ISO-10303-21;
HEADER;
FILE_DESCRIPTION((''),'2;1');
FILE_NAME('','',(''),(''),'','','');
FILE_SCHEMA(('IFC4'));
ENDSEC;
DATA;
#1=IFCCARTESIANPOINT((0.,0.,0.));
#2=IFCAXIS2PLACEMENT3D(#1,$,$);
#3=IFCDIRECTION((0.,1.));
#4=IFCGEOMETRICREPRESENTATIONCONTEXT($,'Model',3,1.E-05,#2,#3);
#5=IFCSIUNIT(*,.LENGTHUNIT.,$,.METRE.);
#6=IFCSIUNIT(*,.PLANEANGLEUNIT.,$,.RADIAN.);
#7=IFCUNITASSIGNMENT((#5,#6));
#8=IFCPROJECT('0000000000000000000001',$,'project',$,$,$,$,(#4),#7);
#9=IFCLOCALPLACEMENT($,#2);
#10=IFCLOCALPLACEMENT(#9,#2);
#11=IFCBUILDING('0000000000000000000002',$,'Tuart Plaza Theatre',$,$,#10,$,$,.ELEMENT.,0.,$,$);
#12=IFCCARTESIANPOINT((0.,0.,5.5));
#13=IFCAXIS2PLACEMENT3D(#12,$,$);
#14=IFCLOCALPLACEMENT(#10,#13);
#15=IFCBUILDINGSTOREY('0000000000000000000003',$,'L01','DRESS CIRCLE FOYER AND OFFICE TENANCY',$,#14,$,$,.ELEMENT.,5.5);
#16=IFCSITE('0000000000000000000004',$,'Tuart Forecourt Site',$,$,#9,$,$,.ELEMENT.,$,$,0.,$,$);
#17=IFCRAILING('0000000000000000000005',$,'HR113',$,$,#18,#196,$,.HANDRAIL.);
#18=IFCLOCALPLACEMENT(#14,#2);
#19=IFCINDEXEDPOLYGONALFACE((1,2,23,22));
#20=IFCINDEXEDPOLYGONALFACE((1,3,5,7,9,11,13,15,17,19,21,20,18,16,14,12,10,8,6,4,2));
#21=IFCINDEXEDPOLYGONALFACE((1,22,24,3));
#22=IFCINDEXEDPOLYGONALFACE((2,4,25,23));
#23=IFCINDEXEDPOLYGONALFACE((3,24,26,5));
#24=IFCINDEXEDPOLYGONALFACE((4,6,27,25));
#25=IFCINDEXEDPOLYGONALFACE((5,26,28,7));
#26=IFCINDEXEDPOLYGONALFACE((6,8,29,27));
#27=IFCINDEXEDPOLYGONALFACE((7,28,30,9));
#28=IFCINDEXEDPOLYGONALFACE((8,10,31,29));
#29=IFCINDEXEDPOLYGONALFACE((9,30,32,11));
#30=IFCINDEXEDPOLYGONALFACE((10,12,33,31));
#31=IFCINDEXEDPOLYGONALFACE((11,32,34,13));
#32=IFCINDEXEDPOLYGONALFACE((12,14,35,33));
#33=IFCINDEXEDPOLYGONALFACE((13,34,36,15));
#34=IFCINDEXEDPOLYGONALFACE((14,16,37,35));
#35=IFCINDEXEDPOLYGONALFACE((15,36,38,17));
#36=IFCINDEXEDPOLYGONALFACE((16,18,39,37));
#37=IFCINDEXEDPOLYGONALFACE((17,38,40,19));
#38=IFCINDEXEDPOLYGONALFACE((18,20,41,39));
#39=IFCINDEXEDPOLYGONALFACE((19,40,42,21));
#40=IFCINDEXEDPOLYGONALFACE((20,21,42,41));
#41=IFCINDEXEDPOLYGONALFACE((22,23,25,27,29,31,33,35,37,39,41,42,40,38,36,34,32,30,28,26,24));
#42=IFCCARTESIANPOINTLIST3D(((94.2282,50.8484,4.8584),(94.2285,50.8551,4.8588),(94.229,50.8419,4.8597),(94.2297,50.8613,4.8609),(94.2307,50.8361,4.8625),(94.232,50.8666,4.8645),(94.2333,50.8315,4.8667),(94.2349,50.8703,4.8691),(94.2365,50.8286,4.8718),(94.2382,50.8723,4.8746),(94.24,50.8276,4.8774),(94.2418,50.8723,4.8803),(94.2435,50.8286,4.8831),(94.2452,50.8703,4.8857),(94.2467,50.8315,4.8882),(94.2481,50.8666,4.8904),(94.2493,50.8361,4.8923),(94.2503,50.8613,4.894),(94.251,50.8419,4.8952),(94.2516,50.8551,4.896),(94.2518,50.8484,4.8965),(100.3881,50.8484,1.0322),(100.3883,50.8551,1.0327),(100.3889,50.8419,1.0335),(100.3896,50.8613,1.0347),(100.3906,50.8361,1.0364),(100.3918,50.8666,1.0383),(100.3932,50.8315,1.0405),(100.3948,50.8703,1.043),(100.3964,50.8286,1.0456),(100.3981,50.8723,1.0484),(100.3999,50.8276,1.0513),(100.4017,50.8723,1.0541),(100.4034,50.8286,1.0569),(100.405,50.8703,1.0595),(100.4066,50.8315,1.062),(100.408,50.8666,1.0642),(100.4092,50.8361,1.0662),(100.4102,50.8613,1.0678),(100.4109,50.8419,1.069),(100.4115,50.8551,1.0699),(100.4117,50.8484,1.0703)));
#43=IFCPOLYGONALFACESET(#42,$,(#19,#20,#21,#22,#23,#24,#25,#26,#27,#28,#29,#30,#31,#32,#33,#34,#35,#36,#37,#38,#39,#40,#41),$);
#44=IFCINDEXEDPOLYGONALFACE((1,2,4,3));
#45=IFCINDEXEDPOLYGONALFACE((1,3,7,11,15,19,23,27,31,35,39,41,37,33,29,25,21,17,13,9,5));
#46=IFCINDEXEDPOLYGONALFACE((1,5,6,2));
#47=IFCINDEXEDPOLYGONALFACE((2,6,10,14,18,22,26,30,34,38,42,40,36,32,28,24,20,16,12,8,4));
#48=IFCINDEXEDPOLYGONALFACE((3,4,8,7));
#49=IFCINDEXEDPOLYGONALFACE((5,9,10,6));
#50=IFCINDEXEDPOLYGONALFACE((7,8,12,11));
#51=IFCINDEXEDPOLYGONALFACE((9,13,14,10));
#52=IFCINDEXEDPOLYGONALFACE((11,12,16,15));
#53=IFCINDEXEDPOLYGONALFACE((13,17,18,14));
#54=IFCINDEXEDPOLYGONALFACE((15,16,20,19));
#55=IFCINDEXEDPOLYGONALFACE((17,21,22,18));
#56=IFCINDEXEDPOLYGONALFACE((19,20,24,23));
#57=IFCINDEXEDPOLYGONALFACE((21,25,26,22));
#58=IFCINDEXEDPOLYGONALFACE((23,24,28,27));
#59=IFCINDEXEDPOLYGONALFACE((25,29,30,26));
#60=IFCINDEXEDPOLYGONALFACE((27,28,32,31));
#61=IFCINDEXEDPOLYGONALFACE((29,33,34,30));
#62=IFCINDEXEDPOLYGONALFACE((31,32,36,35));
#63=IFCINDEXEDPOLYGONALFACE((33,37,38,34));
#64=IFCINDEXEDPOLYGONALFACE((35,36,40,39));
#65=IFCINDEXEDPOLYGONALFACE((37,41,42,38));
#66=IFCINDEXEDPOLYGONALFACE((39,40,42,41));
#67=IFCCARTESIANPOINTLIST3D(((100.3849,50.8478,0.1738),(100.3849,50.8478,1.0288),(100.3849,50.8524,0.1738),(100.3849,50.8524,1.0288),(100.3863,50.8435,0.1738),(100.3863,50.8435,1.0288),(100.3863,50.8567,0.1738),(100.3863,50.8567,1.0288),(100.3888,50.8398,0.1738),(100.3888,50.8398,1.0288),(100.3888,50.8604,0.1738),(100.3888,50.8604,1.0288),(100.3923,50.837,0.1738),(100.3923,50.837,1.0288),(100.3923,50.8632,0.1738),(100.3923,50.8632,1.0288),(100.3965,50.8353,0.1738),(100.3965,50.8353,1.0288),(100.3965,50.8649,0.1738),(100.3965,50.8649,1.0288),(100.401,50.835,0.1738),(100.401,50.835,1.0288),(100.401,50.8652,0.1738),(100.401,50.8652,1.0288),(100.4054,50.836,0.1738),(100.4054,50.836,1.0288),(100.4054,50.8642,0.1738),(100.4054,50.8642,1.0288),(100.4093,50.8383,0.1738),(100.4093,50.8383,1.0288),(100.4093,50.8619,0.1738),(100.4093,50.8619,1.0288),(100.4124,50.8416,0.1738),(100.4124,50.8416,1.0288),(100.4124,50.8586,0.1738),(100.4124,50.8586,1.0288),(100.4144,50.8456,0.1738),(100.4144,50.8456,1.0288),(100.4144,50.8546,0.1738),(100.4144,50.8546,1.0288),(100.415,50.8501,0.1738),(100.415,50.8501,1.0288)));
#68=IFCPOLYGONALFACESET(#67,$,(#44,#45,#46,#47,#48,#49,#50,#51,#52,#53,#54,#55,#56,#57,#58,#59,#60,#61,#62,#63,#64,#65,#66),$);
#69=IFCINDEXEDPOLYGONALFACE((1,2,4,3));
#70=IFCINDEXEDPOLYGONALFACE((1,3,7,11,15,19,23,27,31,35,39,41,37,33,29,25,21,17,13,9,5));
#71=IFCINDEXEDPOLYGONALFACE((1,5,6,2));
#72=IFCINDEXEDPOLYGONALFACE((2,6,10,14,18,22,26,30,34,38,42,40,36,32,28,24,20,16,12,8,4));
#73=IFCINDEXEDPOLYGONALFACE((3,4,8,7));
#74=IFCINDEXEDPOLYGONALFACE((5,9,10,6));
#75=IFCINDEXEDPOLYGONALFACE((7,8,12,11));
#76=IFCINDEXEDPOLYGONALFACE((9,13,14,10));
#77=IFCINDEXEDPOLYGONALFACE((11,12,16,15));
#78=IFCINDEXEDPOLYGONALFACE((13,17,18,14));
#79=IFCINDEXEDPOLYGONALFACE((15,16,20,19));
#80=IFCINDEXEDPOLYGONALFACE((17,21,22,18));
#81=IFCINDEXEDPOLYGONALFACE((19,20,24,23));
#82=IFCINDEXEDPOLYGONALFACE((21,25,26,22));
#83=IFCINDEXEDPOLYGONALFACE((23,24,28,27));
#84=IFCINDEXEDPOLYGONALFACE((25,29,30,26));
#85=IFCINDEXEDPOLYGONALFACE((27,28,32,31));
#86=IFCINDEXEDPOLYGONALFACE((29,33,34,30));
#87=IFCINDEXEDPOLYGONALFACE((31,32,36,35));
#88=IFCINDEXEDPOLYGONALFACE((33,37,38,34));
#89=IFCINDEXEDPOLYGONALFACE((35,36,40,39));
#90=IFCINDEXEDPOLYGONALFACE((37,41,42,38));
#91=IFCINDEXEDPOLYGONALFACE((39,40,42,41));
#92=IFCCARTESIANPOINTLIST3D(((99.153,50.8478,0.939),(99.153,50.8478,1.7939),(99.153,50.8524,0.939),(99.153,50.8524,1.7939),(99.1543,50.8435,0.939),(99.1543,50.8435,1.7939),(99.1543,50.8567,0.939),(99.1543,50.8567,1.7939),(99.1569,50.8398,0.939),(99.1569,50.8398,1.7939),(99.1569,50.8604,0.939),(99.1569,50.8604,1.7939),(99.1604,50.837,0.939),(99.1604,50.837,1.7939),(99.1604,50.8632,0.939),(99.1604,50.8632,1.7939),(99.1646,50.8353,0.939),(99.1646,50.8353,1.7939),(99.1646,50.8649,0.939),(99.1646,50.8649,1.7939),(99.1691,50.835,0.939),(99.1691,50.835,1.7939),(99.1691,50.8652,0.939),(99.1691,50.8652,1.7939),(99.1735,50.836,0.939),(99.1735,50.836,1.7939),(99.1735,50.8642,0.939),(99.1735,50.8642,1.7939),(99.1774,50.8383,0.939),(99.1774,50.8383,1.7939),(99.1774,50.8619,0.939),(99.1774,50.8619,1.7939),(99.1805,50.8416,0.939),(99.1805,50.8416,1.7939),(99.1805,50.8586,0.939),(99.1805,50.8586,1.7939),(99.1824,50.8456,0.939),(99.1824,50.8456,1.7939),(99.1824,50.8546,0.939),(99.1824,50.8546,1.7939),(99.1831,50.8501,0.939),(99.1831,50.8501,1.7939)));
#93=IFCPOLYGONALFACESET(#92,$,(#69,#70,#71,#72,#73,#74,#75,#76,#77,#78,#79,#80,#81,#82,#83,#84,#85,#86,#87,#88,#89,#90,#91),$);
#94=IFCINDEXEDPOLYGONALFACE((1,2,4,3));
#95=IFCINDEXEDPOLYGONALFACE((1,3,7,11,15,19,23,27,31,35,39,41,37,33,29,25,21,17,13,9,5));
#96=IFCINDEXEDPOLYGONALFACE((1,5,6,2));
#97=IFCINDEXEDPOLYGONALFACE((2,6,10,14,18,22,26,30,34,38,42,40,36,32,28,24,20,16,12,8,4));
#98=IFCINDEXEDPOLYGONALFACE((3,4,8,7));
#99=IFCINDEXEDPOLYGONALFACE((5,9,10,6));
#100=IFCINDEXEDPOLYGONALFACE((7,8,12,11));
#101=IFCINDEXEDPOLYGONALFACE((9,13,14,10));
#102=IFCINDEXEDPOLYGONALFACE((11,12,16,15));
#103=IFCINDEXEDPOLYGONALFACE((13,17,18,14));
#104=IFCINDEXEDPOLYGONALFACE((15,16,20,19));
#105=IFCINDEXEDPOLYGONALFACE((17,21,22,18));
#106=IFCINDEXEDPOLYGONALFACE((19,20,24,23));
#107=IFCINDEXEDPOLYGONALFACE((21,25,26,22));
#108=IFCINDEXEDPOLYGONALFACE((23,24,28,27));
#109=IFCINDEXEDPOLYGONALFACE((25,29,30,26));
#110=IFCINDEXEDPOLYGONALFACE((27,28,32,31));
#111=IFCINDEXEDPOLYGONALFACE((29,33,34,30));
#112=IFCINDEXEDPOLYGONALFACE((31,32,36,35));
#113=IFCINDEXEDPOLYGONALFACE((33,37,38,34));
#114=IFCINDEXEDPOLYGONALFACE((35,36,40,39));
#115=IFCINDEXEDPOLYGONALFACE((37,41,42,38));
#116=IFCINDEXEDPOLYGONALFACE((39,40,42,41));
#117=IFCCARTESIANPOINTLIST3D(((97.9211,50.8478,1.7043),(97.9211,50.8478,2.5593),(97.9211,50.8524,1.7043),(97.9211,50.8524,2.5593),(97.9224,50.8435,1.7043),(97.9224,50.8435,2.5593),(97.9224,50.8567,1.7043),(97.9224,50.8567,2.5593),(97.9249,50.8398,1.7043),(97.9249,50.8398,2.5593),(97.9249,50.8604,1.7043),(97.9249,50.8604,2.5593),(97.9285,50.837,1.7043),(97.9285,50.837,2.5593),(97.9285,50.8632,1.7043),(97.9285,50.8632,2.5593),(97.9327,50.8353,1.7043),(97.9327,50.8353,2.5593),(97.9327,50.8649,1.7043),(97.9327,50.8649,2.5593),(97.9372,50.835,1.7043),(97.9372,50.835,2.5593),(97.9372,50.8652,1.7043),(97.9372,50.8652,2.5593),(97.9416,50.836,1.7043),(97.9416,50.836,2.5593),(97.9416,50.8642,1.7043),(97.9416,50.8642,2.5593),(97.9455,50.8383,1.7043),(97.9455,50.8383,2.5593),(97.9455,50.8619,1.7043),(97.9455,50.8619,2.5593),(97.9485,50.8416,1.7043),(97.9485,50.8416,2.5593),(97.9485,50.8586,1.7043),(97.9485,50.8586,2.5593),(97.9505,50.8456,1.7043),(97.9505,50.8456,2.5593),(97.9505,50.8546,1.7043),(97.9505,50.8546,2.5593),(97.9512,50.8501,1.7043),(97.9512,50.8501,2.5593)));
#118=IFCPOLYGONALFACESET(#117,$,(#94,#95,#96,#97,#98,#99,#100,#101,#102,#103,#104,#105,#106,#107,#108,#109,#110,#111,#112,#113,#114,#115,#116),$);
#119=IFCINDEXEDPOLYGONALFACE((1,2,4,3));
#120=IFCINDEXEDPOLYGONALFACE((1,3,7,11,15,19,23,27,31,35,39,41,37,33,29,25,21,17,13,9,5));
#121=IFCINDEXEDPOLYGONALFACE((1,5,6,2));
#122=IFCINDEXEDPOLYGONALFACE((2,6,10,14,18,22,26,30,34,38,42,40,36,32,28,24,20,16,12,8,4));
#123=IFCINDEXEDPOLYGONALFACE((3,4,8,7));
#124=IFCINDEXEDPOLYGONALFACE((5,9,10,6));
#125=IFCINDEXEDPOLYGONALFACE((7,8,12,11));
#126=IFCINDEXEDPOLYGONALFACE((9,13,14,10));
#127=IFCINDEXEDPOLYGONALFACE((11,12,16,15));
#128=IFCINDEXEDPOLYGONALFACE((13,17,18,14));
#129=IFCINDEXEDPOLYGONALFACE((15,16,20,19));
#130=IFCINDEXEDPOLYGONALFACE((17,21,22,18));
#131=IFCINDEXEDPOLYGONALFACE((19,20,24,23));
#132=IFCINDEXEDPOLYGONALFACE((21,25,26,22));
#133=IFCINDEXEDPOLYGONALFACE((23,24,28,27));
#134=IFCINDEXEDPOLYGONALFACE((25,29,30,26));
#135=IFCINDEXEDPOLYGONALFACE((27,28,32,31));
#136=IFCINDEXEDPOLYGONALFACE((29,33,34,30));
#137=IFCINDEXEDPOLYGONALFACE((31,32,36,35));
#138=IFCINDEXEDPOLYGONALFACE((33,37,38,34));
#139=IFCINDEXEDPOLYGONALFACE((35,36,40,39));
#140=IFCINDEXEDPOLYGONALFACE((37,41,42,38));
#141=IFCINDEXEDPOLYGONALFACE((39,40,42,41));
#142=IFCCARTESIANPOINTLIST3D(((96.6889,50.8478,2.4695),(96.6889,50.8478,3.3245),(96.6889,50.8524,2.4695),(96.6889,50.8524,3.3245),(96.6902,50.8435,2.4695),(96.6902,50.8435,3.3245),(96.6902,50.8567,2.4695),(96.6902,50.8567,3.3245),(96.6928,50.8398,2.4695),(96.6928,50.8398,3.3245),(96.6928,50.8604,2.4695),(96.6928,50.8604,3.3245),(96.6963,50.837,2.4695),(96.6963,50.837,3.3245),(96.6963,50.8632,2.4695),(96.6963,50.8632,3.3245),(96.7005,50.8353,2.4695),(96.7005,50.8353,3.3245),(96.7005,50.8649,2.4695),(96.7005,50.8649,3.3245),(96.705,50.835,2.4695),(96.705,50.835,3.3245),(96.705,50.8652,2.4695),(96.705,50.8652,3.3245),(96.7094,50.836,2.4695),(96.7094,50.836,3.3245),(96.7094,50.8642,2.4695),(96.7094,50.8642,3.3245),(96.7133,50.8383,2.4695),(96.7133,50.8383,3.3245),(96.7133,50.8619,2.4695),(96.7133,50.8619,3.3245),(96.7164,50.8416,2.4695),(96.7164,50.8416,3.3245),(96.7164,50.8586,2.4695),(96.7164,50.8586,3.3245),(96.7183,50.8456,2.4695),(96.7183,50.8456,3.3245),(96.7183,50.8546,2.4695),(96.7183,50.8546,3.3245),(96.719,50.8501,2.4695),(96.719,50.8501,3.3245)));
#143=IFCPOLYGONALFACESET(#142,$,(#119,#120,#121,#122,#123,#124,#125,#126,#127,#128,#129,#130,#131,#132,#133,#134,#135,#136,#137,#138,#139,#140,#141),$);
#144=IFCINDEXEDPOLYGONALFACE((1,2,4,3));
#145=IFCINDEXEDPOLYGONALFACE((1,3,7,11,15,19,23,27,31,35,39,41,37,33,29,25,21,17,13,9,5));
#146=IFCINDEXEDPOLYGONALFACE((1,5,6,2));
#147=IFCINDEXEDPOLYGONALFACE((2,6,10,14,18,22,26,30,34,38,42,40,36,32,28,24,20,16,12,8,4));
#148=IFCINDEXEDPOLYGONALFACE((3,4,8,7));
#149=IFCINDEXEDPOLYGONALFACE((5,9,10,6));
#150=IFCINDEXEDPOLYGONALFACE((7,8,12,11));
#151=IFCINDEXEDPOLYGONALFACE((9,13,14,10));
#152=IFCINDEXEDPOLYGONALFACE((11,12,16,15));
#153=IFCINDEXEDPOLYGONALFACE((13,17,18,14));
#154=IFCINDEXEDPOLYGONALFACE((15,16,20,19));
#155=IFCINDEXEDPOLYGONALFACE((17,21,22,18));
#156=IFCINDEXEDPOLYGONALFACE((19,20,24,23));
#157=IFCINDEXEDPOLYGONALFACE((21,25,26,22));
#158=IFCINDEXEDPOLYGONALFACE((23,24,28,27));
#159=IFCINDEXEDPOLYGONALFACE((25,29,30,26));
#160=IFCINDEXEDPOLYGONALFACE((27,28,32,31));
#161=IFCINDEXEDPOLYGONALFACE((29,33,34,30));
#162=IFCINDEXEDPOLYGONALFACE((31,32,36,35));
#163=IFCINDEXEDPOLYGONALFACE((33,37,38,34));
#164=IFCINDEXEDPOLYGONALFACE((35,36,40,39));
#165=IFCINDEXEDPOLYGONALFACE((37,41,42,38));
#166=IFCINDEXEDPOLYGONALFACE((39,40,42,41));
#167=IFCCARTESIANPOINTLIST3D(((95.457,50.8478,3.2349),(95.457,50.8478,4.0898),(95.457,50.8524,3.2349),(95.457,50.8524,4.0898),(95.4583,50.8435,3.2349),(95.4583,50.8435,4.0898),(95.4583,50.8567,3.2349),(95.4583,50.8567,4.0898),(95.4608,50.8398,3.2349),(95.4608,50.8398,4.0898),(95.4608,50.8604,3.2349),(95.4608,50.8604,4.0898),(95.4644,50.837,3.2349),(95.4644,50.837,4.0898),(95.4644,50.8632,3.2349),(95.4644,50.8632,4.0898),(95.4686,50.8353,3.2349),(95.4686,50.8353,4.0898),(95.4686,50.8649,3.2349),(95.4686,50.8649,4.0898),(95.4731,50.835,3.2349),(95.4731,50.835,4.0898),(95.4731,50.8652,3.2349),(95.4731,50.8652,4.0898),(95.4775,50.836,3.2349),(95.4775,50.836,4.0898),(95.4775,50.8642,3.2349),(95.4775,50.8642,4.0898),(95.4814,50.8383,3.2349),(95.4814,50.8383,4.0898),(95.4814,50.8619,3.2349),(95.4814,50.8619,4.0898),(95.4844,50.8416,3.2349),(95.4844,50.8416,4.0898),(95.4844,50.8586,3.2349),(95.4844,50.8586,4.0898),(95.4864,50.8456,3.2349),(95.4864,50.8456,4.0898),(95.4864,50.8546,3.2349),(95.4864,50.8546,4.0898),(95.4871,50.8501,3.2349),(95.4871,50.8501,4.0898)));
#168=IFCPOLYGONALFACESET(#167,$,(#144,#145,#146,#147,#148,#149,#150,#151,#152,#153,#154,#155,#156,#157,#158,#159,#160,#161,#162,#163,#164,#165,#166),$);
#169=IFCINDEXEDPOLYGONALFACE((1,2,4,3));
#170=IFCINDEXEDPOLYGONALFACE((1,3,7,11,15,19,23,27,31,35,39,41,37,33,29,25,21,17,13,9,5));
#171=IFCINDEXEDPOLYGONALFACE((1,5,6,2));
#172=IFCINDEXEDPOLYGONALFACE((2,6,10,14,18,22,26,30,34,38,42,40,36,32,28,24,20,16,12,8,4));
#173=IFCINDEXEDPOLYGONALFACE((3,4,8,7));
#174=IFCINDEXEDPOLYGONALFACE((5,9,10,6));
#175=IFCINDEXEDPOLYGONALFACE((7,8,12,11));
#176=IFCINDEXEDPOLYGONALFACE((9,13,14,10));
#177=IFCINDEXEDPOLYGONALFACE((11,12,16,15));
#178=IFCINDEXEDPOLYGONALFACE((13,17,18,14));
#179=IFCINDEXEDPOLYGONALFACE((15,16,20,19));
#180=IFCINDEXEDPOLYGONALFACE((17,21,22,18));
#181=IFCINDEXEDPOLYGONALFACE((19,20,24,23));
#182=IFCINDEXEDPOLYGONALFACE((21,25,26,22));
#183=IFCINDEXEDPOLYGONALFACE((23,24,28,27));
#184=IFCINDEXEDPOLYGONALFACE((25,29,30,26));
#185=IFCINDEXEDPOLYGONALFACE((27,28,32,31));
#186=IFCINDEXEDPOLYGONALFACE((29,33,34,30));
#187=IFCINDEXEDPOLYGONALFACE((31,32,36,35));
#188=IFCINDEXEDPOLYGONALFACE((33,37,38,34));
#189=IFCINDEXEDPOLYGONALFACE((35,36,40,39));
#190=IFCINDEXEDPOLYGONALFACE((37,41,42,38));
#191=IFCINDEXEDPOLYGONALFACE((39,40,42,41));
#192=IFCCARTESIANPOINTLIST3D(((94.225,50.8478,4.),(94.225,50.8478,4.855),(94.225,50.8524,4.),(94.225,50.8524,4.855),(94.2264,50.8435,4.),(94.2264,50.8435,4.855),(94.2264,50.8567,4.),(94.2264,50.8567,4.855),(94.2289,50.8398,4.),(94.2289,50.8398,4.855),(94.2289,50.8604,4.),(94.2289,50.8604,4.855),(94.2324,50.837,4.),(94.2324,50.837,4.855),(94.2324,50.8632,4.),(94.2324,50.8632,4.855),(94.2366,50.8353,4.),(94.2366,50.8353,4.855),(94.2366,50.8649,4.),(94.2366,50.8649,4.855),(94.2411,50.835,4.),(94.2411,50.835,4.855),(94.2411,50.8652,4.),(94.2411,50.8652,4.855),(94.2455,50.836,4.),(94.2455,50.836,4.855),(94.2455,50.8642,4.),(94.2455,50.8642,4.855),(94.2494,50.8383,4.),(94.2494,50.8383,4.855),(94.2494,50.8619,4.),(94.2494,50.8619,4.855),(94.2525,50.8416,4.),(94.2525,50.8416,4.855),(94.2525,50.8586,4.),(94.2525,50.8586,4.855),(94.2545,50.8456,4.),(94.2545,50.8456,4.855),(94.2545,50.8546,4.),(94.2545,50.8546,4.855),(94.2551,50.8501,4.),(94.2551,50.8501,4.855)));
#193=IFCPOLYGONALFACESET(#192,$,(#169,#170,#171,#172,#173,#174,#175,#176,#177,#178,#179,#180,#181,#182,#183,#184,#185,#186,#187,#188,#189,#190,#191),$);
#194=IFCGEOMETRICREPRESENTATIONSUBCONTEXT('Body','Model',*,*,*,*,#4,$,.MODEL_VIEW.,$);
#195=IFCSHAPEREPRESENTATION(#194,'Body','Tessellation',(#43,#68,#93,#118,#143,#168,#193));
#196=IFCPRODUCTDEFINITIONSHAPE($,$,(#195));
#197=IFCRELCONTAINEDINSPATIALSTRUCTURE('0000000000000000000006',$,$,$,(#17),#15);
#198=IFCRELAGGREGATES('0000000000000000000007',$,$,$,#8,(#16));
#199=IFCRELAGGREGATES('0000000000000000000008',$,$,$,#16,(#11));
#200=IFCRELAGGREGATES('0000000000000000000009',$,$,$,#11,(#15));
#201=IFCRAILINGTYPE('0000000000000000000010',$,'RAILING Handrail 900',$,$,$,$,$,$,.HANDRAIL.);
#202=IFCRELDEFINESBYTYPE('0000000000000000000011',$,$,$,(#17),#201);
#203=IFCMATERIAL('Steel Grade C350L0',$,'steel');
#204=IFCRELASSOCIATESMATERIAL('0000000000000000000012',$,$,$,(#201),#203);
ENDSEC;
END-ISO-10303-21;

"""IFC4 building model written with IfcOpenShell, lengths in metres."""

from ifc_helpers import new_model, si_unit, direction, frame, origin, origin_2d, place, context, subcontext, project, spatial, circle, extrude, material, type_object, element, save


model = new_model("IFC4")

# Units and contexts
model_context = context("Model", 3, precision=1e-05, world=origin(), true_north=direction((0.0, 1.0)))
body_context = subcontext(model_context, "Body", "Model", "MODEL_VIEW")
ifc_project = project(units=[si_unit("LENGTHUNIT", "METRE"), si_unit("PLANEANGLEUNIT", "RADIAN")], contexts=[model_context])

# Site, building, storey
site_placement = place(None, origin())
site = spatial("IfcSite", under=ifc_project, at=site_placement, Name="Tuart Forecourt Site", CompositionType="ELEMENT", RefElevation=0.0)
building_placement = place(site_placement, origin())
building = spatial("IfcBuilding", under=site, at=building_placement, Name="Tuart Plaza Theatre", CompositionType="ELEMENT", ElevationOfRefHeight=0.0)
storey_placement = place(building_placement, frame((0.0, 0.0, 5.5)))
storey = spatial("IfcBuildingStorey", under=building, at=storey_placement, Name="L01", Description="DRESS CIRCLE FOYER AND OFFICE TENANCY", CompositionType="ELEMENT", Elevation=5.5)

# Railing
ifc_material_1 = material(Name="Steel Grade C350L0", Category="steel")
railing_type_1 = type_object("IfcRailingType", Name="RAILING Handrail 900", PredefinedType="HANDRAIL", material=ifc_material_1)
railing_1_placement = place(storey_placement, frame((100.3999, 50.8501, 0.1738)))
element("IfcRailing", 1, at=railing_1_placement, inside=storey, type_object=railing_type_1, Name="HR113", PredefinedType="HANDRAIL", context=body_context, shape_type="SweptSolid", body=[
    extrude(circle(Radius=0.0225, at=origin_2d()), frame((0.0, 0.0, 0.8774), z_axis=(-0.849468, 0.0, 0.527639), x_axis=(0.0, -1.0, 0.0)), (0.0, 0.0, 1.0), 7.2515),
    extrude(circle(Radius=0.0151, at=origin_2d()), origin(), (0.0, 0.0, 1.0), 0.855),
    extrude(circle(Radius=0.0151, at=origin_2d()), frame((-1.2319, 0.0, 0.7651)), (0.0, 0.0, 1.0), 0.855),
    extrude(circle(Radius=0.0151, at=origin_2d()), frame((-2.4639, 0.0, 1.5305)), (0.0, 0.0, 1.0), 0.855),
    extrude(circle(Radius=0.0151, at=origin_2d()), frame((-3.696, 0.0, 2.2957)), (0.0, 0.0, 1.0), 0.855),
    extrude(circle(Radius=0.0151, at=origin_2d()), frame((-4.928, 0.0, 3.061)), (0.0, 0.0, 1.0), 0.855),
    extrude(circle(Radius=0.0151, at=origin_2d()), frame((-6.1599, 0.0, 3.8262)), (0.0, 0.0, 1.0), 0.855),
])

save(model, "model.ifc")
